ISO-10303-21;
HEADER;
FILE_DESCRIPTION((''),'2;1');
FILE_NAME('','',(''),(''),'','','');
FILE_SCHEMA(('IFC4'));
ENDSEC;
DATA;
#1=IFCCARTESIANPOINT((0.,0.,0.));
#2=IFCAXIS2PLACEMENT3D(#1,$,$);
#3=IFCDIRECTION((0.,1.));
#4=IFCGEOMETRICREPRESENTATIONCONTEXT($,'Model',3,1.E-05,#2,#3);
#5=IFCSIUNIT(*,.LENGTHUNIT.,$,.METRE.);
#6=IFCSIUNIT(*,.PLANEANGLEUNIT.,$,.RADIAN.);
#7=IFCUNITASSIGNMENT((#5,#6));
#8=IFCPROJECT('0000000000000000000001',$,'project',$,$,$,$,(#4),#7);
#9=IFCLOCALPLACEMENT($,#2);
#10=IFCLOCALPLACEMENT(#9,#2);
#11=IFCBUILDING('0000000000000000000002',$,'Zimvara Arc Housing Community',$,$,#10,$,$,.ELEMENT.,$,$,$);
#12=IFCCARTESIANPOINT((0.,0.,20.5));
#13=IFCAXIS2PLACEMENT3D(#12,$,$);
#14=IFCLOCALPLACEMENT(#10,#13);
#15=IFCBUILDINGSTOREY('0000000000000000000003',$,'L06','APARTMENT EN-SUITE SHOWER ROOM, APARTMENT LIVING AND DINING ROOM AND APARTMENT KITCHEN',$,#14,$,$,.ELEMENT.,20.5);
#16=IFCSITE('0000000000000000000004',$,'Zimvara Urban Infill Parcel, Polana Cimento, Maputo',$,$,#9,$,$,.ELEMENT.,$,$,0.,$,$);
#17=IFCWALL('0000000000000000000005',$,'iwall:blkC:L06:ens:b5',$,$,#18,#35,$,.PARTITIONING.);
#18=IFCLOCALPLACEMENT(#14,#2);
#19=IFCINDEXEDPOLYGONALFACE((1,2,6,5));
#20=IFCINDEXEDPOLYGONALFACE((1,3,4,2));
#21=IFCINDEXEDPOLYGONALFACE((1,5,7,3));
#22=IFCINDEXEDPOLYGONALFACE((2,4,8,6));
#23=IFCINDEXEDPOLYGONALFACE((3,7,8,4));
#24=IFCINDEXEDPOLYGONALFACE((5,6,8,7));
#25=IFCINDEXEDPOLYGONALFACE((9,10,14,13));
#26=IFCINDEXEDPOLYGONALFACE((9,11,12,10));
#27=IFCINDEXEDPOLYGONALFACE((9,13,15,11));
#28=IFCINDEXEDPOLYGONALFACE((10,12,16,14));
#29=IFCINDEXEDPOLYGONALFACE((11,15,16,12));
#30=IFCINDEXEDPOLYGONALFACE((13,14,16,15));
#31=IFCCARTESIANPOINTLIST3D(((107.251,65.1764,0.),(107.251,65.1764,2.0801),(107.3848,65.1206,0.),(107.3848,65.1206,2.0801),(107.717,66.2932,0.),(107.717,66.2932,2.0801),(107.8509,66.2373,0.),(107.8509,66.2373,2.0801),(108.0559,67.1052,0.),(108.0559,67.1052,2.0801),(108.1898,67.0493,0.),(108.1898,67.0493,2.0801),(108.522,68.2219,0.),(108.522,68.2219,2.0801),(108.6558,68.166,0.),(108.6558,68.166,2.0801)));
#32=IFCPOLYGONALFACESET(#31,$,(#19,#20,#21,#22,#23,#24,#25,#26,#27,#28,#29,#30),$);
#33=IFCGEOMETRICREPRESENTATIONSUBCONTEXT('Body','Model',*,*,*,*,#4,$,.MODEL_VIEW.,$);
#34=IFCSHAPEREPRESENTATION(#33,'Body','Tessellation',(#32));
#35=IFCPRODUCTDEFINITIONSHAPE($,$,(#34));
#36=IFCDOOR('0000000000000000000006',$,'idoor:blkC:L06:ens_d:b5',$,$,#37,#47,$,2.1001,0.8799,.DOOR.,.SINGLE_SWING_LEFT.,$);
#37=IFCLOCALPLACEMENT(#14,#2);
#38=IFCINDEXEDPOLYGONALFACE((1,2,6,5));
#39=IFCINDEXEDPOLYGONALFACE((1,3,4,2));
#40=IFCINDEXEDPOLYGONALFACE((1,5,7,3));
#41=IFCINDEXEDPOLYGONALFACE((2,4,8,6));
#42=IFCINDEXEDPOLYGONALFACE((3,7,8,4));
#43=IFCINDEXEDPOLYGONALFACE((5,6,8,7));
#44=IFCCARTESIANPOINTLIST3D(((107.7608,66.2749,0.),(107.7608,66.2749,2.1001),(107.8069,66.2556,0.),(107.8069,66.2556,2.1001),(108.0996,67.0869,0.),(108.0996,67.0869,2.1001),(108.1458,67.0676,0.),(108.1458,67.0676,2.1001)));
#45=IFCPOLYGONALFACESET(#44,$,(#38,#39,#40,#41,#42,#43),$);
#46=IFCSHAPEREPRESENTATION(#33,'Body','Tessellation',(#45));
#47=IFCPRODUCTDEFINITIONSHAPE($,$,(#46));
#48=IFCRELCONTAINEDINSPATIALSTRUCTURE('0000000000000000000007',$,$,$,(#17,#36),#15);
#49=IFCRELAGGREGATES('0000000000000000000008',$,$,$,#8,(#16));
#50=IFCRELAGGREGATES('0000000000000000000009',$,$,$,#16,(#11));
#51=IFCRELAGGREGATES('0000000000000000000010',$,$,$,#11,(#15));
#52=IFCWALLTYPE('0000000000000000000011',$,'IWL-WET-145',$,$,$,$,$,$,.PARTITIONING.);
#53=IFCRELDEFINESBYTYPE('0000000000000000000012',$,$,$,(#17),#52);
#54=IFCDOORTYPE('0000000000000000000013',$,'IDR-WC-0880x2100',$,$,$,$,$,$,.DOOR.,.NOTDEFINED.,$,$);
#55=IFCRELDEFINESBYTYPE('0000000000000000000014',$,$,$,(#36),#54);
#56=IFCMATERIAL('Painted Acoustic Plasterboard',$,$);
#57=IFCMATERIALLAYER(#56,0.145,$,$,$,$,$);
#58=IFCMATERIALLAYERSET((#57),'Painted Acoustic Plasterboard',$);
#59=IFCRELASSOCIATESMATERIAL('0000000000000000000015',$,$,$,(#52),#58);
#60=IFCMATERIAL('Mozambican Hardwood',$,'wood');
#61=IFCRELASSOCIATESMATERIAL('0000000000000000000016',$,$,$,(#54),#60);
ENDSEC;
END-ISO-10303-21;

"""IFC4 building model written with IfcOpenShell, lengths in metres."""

from ifc_helpers import new_model, si_unit, direction, frame, frame_2d, origin, place, context, subcontext, project, spatial, rectangle, extrude, material, layer, layer_set, type_object, element, fill, save


model = new_model("IFC4")

# Units and contexts
model_context = context("Model", 3, precision=1e-05, world=origin(), true_north=direction((0.0, 1.0)))
body_context = subcontext(model_context, "Body", "Model", "MODEL_VIEW")
ifc_project = project(units=[si_unit("LENGTHUNIT", "METRE"), si_unit("PLANEANGLEUNIT", "RADIAN")], contexts=[model_context])

# Site, building, storey
site_placement = place(None, origin())
site = spatial("IfcSite", under=ifc_project, at=site_placement, Name="Zimvara Urban Infill Parcel, Polana Cimento, Maputo", CompositionType="ELEMENT", RefElevation=0.0)
building_placement = place(site_placement, origin())
building = spatial("IfcBuilding", under=site, at=building_placement, Name="Zimvara Arc Housing Community", CompositionType="ELEMENT")
storey_placement = place(building_placement, frame((0.0, 0.0, 20.5)))
storey = spatial("IfcBuildingStorey", under=building, at=storey_placement, Name="L06", Description="APARTMENT EN-SUITE SHOWER ROOM, APARTMENT LIVING AND DINING ROOM AND APARTMENT KITCHEN", CompositionType="ELEMENT", Elevation=20.5)

# Wall, opening, door
ifc_material_1 = material(Name="Painted Acoustic Plasterboard")
ifc_layer_1 = layer(ifc_material_1, 0.145)
ifc_layer_set_1 = layer_set([ifc_layer_1], Name="Painted Acoustic Plasterboard")
wall_type_1 = type_object("IfcWallType", Name="IWL-WET-145", PredefinedType="PARTITIONING", material=ifc_layer_set_1)
wall_1_placement = place(storey_placement, frame((108.5889, 68.1938, 0.0), z_axis=(0.0, 0.0, 1.0), x_axis=(-0.385151, -0.922854, 0.0)))
wall_1 = element("IfcWall", 1, at=wall_1_placement, inside=storey, type_object=wall_type_1, Name="iwall:blkC:L06:ens:b5", PredefinedType="PARTITIONING", context=body_context, shape_type="SweptSolid", body=[
    extrude(rectangle(XDim=3.3, YDim=0.145, at=frame_2d((1.6499, 0.0))), origin(), (0.0, 0.0, 1.0), 2.0801),
])
opening_1_placement = place(wall_1_placement, frame((1.21, 0.0, 0.0)))
opening_1 = element("IfcOpeningElement", 2, at=opening_1_placement, cuts=wall_1, PredefinedType="OPENING", context=body_context, shape_type="SweptSolid", body=[
    extrude(rectangle(XDim=0.8799, YDim=2.1001, at=frame_2d((0.4399, 1.05))), frame((0.0, 0.0825, 0.0), z_axis=(0.0, -1.0, 0.0), x_axis=(1.0, 0.0, 0.0)), (0.0, 0.0, 1.0), 0.165),
])
ifc_material_2 = material(Name="Mozambican Hardwood", Category="wood")
door_type_1 = type_object("IfcDoorType", Name="IDR-WC-0880x2100", OperationType="NOTDEFINED", PredefinedType="DOOR", material=ifc_material_2)
door_1_placement = place(opening_1_placement, origin())
door_1 = element("IfcDoor", 3, at=door_1_placement, inside=storey, type_object=door_type_1, Name="idoor:blkC:L06:ens_d:b5", OperationType="SINGLE_SWING_LEFT", OverallHeight=2.1001, OverallWidth=0.8799, PredefinedType="DOOR", context=body_context, shape_type="SweptSolid", body=[
    extrude(rectangle(XDim=0.8799, YDim=2.1001, at=frame_2d((0.4399, 1.05))), frame((0.0, 0.0249, 0.0), z_axis=(0.0, -1.0, 0.0), x_axis=(1.0, 0.0, 0.0)), (0.0, 0.0, 1.0), 0.05),
])
fill(opening_1, door_1)

save(model, "model.ifc")
